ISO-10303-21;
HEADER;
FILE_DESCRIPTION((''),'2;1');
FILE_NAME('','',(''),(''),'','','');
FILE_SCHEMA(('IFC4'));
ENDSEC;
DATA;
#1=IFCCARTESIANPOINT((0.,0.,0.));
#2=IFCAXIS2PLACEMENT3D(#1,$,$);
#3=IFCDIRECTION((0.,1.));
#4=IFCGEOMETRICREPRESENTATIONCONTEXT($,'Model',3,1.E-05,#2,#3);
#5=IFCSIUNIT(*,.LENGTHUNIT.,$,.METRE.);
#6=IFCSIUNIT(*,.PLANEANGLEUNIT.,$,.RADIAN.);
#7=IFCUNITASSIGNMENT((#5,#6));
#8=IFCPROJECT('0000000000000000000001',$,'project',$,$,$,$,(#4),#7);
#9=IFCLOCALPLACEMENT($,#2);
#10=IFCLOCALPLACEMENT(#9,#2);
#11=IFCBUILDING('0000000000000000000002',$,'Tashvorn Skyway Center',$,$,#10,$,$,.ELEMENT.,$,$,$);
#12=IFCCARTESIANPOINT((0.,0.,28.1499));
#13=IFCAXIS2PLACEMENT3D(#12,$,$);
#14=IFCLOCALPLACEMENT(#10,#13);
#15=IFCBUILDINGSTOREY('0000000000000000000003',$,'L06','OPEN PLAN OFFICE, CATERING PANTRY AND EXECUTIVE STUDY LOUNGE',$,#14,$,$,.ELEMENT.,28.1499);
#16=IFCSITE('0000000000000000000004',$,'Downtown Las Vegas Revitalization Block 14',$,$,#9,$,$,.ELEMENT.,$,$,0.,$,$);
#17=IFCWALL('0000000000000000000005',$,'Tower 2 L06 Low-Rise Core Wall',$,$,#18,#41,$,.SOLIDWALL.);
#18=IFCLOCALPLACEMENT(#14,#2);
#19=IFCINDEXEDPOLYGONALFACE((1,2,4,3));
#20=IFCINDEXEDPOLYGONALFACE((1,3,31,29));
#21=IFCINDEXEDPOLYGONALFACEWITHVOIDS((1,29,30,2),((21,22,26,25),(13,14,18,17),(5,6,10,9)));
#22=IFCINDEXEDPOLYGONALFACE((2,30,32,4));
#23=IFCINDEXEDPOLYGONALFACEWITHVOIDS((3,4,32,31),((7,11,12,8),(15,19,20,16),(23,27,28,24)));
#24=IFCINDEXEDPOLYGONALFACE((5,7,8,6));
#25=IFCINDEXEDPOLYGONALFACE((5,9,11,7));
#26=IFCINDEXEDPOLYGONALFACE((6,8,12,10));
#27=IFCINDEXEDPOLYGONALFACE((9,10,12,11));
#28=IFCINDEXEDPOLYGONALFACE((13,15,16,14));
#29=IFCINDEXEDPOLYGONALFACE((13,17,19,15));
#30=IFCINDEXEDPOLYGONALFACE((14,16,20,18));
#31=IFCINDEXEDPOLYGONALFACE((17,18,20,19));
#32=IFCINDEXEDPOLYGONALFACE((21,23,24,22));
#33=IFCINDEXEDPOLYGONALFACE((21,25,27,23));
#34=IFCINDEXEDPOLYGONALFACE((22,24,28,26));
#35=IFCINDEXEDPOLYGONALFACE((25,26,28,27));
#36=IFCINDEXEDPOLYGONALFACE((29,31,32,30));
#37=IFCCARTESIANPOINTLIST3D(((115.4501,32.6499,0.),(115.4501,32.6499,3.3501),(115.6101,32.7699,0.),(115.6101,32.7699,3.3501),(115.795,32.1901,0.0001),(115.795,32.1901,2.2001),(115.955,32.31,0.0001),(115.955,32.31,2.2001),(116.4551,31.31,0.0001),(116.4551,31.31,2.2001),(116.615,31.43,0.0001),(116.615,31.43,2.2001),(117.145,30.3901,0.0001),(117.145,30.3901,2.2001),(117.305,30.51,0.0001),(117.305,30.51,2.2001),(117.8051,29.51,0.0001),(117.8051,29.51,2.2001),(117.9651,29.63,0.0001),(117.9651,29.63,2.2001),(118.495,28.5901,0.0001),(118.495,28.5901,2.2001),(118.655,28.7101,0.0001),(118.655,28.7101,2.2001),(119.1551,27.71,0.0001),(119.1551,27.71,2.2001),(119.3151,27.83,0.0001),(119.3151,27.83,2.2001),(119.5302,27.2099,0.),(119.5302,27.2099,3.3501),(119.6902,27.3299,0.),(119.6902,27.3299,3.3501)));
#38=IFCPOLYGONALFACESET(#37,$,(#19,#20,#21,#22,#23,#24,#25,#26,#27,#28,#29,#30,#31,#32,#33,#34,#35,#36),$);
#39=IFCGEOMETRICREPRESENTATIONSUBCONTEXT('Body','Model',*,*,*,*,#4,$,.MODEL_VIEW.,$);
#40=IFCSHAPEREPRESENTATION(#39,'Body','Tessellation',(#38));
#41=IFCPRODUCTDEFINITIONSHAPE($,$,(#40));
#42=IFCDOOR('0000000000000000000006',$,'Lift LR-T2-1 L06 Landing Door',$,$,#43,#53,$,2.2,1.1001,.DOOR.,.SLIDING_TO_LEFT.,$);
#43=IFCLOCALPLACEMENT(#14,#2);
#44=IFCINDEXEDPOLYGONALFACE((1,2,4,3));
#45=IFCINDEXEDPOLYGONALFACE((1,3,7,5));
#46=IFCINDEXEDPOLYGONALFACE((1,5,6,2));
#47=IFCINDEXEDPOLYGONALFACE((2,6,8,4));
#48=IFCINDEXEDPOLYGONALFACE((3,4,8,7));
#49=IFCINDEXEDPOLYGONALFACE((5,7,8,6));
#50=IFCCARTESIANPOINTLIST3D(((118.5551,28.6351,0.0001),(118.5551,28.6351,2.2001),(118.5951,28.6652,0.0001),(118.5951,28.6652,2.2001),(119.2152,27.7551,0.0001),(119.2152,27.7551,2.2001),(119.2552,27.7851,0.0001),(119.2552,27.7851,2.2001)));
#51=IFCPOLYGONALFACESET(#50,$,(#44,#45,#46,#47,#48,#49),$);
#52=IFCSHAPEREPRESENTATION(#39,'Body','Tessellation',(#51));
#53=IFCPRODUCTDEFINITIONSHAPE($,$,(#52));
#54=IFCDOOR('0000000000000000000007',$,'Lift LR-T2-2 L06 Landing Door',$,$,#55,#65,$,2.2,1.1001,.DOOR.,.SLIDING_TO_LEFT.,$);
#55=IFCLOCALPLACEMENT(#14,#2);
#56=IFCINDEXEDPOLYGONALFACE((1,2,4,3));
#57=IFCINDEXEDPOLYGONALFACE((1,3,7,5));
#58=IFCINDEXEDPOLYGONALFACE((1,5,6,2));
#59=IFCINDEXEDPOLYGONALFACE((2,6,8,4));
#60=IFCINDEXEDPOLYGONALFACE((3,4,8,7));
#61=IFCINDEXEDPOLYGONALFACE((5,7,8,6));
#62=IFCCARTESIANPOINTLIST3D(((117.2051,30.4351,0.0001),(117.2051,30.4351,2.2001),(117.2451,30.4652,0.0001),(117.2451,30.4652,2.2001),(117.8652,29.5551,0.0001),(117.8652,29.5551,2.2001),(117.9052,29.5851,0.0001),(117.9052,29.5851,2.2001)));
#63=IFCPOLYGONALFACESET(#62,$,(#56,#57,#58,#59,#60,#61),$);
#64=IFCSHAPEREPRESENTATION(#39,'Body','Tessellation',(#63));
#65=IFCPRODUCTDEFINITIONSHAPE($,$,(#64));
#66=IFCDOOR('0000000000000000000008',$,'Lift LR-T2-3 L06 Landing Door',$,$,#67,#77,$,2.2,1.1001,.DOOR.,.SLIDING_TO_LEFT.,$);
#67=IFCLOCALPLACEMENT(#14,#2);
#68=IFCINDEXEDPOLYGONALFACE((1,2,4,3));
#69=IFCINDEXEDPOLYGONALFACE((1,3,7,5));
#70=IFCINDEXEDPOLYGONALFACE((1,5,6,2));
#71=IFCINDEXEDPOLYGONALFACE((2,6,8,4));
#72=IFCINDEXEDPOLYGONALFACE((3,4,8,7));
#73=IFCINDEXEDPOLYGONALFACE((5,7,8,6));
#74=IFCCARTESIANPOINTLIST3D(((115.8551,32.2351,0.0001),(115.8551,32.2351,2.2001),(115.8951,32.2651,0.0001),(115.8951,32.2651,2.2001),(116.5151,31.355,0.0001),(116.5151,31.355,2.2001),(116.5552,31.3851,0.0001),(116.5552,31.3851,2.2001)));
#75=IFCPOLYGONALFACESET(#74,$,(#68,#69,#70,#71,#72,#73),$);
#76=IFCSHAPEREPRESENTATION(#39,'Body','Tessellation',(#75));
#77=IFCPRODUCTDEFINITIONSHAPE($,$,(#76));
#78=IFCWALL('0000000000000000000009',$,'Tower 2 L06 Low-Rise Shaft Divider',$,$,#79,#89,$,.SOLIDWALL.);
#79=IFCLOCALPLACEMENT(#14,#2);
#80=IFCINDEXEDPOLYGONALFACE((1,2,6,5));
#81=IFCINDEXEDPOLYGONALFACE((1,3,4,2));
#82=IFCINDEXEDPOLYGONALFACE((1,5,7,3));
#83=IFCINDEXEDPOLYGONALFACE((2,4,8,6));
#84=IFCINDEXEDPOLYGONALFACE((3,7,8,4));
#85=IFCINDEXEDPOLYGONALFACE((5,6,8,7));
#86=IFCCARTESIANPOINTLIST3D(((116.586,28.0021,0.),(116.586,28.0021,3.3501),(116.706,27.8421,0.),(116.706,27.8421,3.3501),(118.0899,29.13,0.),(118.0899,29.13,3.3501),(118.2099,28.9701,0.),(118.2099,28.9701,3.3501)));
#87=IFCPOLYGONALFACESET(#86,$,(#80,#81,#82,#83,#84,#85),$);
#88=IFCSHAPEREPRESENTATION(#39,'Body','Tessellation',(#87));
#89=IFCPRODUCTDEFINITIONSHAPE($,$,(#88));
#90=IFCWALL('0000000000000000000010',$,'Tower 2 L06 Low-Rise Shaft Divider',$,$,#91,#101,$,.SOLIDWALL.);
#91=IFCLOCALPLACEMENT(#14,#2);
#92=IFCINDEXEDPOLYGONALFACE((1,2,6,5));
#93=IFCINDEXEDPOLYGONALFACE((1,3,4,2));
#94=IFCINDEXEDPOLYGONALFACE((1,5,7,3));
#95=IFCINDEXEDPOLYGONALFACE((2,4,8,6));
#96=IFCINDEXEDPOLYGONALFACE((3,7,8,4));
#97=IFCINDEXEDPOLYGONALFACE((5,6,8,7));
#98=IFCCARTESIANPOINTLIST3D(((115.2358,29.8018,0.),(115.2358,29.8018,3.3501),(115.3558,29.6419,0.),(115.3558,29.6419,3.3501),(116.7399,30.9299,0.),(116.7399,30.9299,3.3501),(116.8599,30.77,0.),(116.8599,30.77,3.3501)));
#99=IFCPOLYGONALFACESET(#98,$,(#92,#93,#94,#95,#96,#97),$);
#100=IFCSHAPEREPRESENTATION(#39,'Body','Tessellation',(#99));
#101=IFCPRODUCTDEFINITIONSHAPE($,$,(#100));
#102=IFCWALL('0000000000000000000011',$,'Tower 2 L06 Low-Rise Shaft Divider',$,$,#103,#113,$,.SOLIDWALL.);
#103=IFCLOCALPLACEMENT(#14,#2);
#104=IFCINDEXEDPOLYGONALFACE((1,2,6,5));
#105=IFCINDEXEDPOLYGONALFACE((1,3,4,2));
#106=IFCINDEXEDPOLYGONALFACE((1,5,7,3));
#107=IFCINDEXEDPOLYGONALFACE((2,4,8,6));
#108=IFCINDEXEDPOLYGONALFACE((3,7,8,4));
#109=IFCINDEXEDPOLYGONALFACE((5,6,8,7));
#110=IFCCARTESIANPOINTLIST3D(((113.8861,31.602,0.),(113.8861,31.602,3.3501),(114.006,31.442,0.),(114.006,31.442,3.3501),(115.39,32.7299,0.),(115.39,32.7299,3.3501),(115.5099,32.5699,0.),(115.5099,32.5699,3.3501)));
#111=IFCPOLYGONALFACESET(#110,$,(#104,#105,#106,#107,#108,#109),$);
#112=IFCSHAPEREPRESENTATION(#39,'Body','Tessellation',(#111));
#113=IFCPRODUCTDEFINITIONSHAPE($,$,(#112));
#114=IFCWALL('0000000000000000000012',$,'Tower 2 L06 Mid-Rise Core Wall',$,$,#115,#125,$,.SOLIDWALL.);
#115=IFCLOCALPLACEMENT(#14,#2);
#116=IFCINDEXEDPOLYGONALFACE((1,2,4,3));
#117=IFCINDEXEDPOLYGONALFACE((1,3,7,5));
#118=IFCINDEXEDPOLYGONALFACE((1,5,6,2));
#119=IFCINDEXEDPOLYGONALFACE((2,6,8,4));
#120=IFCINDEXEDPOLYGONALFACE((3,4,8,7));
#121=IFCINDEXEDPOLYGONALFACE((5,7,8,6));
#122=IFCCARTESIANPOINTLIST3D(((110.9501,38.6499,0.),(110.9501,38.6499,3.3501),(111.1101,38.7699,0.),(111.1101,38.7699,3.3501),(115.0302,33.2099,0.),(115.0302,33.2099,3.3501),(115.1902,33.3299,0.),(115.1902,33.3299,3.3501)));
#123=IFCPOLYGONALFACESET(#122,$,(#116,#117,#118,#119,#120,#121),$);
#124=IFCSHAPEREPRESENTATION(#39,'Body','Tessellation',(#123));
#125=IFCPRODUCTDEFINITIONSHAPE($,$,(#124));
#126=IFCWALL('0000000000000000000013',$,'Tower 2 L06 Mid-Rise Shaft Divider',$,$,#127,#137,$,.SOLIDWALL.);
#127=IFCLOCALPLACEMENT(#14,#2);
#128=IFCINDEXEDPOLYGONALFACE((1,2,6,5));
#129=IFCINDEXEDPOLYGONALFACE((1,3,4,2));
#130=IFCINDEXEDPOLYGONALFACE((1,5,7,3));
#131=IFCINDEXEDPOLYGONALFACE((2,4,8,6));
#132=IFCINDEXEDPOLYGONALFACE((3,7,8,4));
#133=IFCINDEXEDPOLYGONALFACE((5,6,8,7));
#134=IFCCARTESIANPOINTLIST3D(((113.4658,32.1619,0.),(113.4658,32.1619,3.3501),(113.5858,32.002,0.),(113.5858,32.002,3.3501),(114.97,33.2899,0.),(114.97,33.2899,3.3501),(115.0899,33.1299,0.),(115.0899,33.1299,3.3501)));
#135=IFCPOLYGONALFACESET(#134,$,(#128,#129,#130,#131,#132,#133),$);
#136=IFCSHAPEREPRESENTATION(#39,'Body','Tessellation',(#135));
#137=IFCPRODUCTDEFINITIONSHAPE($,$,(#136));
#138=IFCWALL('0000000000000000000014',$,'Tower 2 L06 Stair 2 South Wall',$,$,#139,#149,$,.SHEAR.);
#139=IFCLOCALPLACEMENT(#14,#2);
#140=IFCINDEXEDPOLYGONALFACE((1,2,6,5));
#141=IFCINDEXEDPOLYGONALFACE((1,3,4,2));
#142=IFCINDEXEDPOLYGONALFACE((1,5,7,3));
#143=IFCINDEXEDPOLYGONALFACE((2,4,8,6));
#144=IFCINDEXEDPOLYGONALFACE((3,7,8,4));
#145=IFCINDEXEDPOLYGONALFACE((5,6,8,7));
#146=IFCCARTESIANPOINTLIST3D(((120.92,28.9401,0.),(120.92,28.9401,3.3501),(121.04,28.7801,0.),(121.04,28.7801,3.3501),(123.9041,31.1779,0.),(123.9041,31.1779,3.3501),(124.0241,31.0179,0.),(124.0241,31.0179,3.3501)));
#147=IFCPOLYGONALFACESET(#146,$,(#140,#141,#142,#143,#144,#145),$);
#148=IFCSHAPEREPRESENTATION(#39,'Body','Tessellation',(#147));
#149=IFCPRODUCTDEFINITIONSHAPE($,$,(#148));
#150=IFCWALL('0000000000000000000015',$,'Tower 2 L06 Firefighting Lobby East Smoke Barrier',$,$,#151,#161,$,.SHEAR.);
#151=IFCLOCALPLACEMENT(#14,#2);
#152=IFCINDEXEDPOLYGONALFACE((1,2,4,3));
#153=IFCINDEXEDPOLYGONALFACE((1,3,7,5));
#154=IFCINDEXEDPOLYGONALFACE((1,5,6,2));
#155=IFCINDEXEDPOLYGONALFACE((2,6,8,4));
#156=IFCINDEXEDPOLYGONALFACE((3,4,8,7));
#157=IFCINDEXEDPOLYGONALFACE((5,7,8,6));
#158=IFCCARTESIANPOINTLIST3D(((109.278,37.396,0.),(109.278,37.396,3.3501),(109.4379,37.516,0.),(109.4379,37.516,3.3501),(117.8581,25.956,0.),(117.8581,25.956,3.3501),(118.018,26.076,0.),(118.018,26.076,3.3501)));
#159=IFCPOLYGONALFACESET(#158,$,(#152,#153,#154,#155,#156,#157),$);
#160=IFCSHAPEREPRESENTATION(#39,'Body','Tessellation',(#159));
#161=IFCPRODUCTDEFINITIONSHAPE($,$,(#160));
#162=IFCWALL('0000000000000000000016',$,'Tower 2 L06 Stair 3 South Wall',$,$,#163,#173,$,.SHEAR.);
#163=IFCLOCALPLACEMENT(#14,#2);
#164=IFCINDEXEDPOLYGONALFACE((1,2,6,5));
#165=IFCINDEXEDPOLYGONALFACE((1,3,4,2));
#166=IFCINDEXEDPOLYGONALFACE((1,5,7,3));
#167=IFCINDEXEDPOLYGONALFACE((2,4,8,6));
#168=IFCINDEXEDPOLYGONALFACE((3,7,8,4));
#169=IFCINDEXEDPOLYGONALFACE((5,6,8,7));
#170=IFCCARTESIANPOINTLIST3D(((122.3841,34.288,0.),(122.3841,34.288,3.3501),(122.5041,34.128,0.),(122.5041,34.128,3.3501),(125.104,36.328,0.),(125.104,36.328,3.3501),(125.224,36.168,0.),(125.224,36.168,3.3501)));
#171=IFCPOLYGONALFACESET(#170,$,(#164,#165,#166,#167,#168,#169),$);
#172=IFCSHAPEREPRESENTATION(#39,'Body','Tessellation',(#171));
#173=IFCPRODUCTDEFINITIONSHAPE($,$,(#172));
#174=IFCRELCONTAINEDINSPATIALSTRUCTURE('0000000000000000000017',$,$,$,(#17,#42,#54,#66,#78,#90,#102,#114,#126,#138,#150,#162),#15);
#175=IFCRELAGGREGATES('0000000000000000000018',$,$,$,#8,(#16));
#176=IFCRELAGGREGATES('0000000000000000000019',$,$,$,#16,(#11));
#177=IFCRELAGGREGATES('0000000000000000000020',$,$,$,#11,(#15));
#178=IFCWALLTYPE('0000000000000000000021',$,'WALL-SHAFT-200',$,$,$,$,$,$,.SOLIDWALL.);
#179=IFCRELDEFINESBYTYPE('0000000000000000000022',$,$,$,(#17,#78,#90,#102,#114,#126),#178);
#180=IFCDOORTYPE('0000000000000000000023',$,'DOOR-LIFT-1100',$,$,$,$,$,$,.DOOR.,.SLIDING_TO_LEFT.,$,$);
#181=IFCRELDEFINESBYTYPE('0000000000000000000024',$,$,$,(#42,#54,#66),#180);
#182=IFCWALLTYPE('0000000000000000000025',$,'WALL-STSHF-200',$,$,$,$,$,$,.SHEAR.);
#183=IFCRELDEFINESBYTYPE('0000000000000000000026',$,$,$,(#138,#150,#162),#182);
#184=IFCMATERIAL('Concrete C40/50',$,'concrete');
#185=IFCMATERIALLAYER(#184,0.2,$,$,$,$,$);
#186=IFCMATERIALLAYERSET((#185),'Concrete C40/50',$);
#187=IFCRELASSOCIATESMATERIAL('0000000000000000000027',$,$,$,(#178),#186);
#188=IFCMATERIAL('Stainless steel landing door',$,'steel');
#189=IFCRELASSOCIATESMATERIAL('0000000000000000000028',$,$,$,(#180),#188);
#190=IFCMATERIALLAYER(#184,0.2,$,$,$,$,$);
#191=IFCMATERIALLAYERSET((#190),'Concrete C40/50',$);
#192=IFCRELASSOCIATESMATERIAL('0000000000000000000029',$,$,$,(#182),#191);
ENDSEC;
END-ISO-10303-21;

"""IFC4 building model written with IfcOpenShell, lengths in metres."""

from ifc_helpers import new_model, si_unit, direction, frame, frame_2d, origin, place, context, subcontext, project, spatial, rectangle, extrude, material, layer, layer_set, type_object, element, fill, save


model = new_model("IFC4")

# Units and contexts
model_context = context("Model", 3, precision=1e-05, world=origin(), true_north=direction((0.0, 1.0)))
body_context = subcontext(model_context, "Body", "Model", "MODEL_VIEW")
ifc_project = project(units=[si_unit("LENGTHUNIT", "METRE"), si_unit("PLANEANGLEUNIT", "RADIAN")], contexts=[model_context])

# Site, building, storey
site_placement = place(None, origin())
site = spatial("IfcSite", under=ifc_project, at=site_placement, Name="Downtown Las Vegas Revitalization Block 14", CompositionType="ELEMENT", RefElevation=0.0)
building_placement = place(site_placement, origin())
building = spatial("IfcBuilding", under=site, at=building_placement, Name="Tashvorn Skyway Center", CompositionType="ELEMENT")
storey_placement = place(building_placement, frame((0.0, 0.0, 28.1499)))
storey = spatial("IfcBuildingStorey", under=building, at=storey_placement, Name="L06", Description="OPEN PLAN OFFICE, CATERING PANTRY AND EXECUTIVE STUDY LOUNGE", CompositionType="ELEMENT", Elevation=28.1499)

# Wall, openings, doors
ifc_material_1 = material(Name="Concrete C40/50", Category="concrete")
ifc_layer_1 = layer(ifc_material_1, 0.2)
ifc_layer_set_1 = layer_set([ifc_layer_1], Name="Concrete C40/50")
wall_type_1 = type_object("IfcWallType", Name="WALL-SHAFT-200", PredefinedType="SOLIDWALL", material=ifc_layer_set_1)
wall_1_placement = place(storey_placement, frame((119.6101, 27.27, 0.0), z_axis=(0.0, 0.0, 1.0), x_axis=(-0.600011, 0.799991, 0.0)))
wall_1 = element("IfcWall", 1, at=wall_1_placement, inside=storey, type_object=wall_type_1, Name="Tower 2 L06 Low-Rise Core Wall", PredefinedType="SOLIDWALL", context=body_context, shape_type="SweptSolid", body=[
    extrude(rectangle(XDim=6.8, YDim=0.2, at=frame_2d((3.3999, 0.0))), origin(), (0.0, 0.0, 1.0), 3.3501),
])
opening_1_placement = place(wall_1_placement, frame((0.625, 0.0, 0.0)))
opening_1 = element("IfcOpeningElement", 2, at=opening_1_placement, cuts=wall_1, PredefinedType="OPENING", context=body_context, shape_type="SweptSolid", body=[
    extrude(rectangle(XDim=1.1001, YDim=2.2, at=frame_2d((0.55, 1.1001))), frame((0.0, 0.1099, 0.0), z_axis=(0.0, -1.0, 0.0), x_axis=(1.0, 0.0, 0.0)), (0.0, 0.0, 1.0), 0.22),
])
opening_2_placement = place(wall_1_placement, frame((2.875, 0.0, 0.0)))
opening_2 = element("IfcOpeningElement", 3, at=opening_2_placement, cuts=wall_1, PredefinedType="OPENING", context=body_context, shape_type="SweptSolid", body=[
    extrude(rectangle(XDim=1.1001, YDim=2.2, at=frame_2d((0.55, 1.1001))), frame((0.0, 0.1099, 0.0), z_axis=(0.0, -1.0, 0.0), x_axis=(1.0, 0.0, 0.0)), (0.0, 0.0, 1.0), 0.22),
])
opening_3_placement = place(wall_1_placement, frame((5.125, 0.0, 0.0)))
opening_3 = element("IfcOpeningElement", 4, at=opening_3_placement, cuts=wall_1, PredefinedType="OPENING", context=body_context, shape_type="SweptSolid", body=[
    extrude(rectangle(XDim=1.1001, YDim=2.2, at=frame_2d((0.55, 1.1001))), frame((0.0, 0.1099, 0.0), z_axis=(0.0, -1.0, 0.0), x_axis=(1.0, 0.0, 0.0)), (0.0, 0.0, 1.0), 0.22),
])
ifc_material_2 = material(Name="Stainless steel landing door", Category="steel")
door_type = type_object("IfcDoorType", Name="DOOR-LIFT-1100", OperationType="SLIDING_TO_LEFT", PredefinedType="DOOR", material=ifc_material_2)
door_1_placement = place(opening_1_placement, origin())
door_1 = element("IfcDoor", 5, at=door_1_placement, inside=storey, type_object=door_type, Name="Lift LR-T2-1 L06 Landing Door", OperationType="SLIDING_TO_LEFT", OverallHeight=2.2, OverallWidth=1.1001, PredefinedType="DOOR", context=body_context, shape_type="SweptSolid", body=[
    extrude(rectangle(XDim=1.1001, YDim=2.2, at=frame_2d((0.55, 1.1001))), frame((0.0, 0.0249, 0.0), z_axis=(0.0, -1.0, 0.0), x_axis=(1.0, 0.0, 0.0)), (0.0, 0.0, 1.0), 0.05),
])
fill(opening_1, door_1)
door_2_placement = place(opening_2_placement, origin())
door_2 = element("IfcDoor", 6, at=door_2_placement, inside=storey, type_object=door_type, Name="Lift LR-T2-2 L06 Landing Door", OperationType="SLIDING_TO_LEFT", OverallHeight=2.2, OverallWidth=1.1001, PredefinedType="DOOR", context=body_context, shape_type="SweptSolid", body=[
    extrude(rectangle(XDim=1.1001, YDim=2.2, at=frame_2d((0.55, 1.1001))), frame((0.0, 0.0249, 0.0), z_axis=(0.0, -1.0, 0.0), x_axis=(1.0, 0.0, 0.0)), (0.0, 0.0, 1.0), 0.05),
])
fill(opening_2, door_2)
door_3_placement = place(opening_3_placement, origin())
door_3 = element("IfcDoor", 7, at=door_3_placement, inside=storey, type_object=door_type, Name="Lift LR-T2-3 L06 Landing Door", OperationType="SLIDING_TO_LEFT", OverallHeight=2.2, OverallWidth=1.1001, PredefinedType="DOOR", context=body_context, shape_type="SweptSolid", body=[
    extrude(rectangle(XDim=1.1001, YDim=2.2, at=frame_2d((0.55, 1.1001))), frame((0.0, 0.0249, 0.0), z_axis=(0.0, -1.0, 0.0), x_axis=(1.0, 0.0, 0.0)), (0.0, 0.0, 1.0), 0.05),
])
fill(opening_3, door_3)

# Walls
wall_2_placement = place(storey_placement, frame((116.646, 27.9221, 0.0), z_axis=(0.0, 0.0, 1.0), x_axis=(0.8, 0.6, 0.0)))
element("IfcWall", 8, at=wall_2_placement, inside=storey, type_object=wall_type_1, Name="Tower 2 L06 Low-Rise Shaft Divider", PredefinedType="SOLIDWALL", context=body_context, shape_type="SweptSolid", body=[
    extrude(rectangle(XDim=1.8799, YDim=0.2, at=frame_2d((0.9399, 0.0))), origin(), (0.0, 0.0, 1.0), 3.3501),
])
wall_3_placement = place(storey_placement, frame((115.2959, 29.7219, 0.0), z_axis=(0.0, 0.0, 1.0), x_axis=(0.799984, 0.600021, 0.0)))
element("IfcWall", 9, at=wall_3_placement, inside=storey, type_object=wall_type_1, Name="Tower 2 L06 Low-Rise Shaft Divider", PredefinedType="SOLIDWALL", context=body_context, shape_type="SweptSolid", body=[
    extrude(rectangle(XDim=1.8801, YDim=0.2, at=frame_2d((0.9399, 0.0))), origin(), (0.0, 0.0, 1.0), 3.3501),
])
wall_4_placement = place(storey_placement, frame((113.946, 31.522, 0.0), z_axis=(0.0, 0.0, 1.0), x_axis=(0.8, 0.6, 0.0)))
element("IfcWall", 10, at=wall_4_placement, inside=storey, type_object=wall_type_1, Name="Tower 2 L06 Low-Rise Shaft Divider", PredefinedType="SOLIDWALL", context=body_context, shape_type="SweptSolid", body=[
    extrude(rectangle(XDim=1.8799, YDim=0.2, at=frame_2d((0.9399, 0.0))), origin(), (0.0, 0.0, 1.0), 3.3501),
])
wall_5_placement = place(storey_placement, frame((115.1101, 33.27, 0.0), z_axis=(0.0, 0.0, 1.0), x_axis=(-0.600011, 0.799991, 0.0)))
element("IfcWall", 11, at=wall_5_placement, inside=storey, type_object=wall_type_1, Name="Tower 2 L06 Mid-Rise Core Wall", PredefinedType="SOLIDWALL", context=body_context, shape_type="SweptSolid", body=[
    extrude(rectangle(XDim=6.8, YDim=0.2, at=frame_2d((3.3999, 0.0))), origin(), (0.0, 0.0, 1.0), 3.3501),
])
wall_6_placement = place(storey_placement, frame((113.5259, 32.082, 0.0), z_axis=(0.0, 0.0, 1.0), x_axis=(0.800047, 0.599938, 0.0)))
element("IfcWall", 12, at=wall_6_placement, inside=storey, type_object=wall_type_1, Name="Tower 2 L06 Mid-Rise Shaft Divider", PredefinedType="SOLIDWALL", context=body_context, shape_type="SweptSolid", body=[
    extrude(rectangle(XDim=1.8801, YDim=0.2, at=frame_2d((0.9399, 0.0))), origin(), (0.0, 0.0, 1.0), 3.3501),
])
ifc_layer_2 = layer(ifc_material_1, 0.2)
ifc_layer_set_2 = layer_set([ifc_layer_2], Name="Concrete C40/50")
wall_type_2 = type_object("IfcWallType", Name="WALL-STSHF-200", PredefinedType="SHEAR", material=ifc_layer_set_2)
wall_7_placement = place(storey_placement, frame((120.98, 28.8601, 0.0), z_axis=(0.0, 0.0, 1.0), x_axis=(0.800039, 0.599948, 0.0)))
element("IfcWall", 13, at=wall_7_placement, inside=storey, type_object=wall_type_2, Name="Tower 2 L06 Stair 2 South Wall", PredefinedType="SHEAR", context=body_context, shape_type="SweptSolid", body=[
    extrude(rectangle(XDim=3.73, YDim=0.2, at=frame_2d((1.865, 0.0))), origin(), (0.0, 0.0, 1.0), 3.3501),
])
wall_8_placement = place(storey_placement, frame((117.938, 26.0161, 0.0), z_axis=(0.0, 0.0, 1.0), x_axis=(-0.600005, 0.799996, 0.0)))
element("IfcWall", 14, at=wall_8_placement, inside=storey, type_object=wall_type_2, Name="Tower 2 L06 Firefighting Lobby East Smoke Barrier", PredefinedType="SHEAR", context=body_context, shape_type="SweptSolid", body=[
    extrude(rectangle(XDim=14.3, YDim=0.2, at=frame_2d((7.1499, 0.0))), origin(), (0.0, 0.0, 1.0), 3.3501),
])
wall_9_placement = place(storey_placement, frame((122.4441, 34.208, 0.0), z_axis=(0.0, 0.0, 1.0), x_axis=(0.799991, 0.600011, 0.0)))
element("IfcWall", 15, at=wall_9_placement, inside=storey, type_object=wall_type_2, Name="Tower 2 L06 Stair 3 South Wall", PredefinedType="SHEAR", context=body_context, shape_type="SweptSolid", body=[
    extrude(rectangle(XDim=3.3999, YDim=0.2, at=frame_2d((1.7, 0.0))), origin(), (0.0, 0.0, 1.0), 3.3501),
])

save(model, "model.ifc")
